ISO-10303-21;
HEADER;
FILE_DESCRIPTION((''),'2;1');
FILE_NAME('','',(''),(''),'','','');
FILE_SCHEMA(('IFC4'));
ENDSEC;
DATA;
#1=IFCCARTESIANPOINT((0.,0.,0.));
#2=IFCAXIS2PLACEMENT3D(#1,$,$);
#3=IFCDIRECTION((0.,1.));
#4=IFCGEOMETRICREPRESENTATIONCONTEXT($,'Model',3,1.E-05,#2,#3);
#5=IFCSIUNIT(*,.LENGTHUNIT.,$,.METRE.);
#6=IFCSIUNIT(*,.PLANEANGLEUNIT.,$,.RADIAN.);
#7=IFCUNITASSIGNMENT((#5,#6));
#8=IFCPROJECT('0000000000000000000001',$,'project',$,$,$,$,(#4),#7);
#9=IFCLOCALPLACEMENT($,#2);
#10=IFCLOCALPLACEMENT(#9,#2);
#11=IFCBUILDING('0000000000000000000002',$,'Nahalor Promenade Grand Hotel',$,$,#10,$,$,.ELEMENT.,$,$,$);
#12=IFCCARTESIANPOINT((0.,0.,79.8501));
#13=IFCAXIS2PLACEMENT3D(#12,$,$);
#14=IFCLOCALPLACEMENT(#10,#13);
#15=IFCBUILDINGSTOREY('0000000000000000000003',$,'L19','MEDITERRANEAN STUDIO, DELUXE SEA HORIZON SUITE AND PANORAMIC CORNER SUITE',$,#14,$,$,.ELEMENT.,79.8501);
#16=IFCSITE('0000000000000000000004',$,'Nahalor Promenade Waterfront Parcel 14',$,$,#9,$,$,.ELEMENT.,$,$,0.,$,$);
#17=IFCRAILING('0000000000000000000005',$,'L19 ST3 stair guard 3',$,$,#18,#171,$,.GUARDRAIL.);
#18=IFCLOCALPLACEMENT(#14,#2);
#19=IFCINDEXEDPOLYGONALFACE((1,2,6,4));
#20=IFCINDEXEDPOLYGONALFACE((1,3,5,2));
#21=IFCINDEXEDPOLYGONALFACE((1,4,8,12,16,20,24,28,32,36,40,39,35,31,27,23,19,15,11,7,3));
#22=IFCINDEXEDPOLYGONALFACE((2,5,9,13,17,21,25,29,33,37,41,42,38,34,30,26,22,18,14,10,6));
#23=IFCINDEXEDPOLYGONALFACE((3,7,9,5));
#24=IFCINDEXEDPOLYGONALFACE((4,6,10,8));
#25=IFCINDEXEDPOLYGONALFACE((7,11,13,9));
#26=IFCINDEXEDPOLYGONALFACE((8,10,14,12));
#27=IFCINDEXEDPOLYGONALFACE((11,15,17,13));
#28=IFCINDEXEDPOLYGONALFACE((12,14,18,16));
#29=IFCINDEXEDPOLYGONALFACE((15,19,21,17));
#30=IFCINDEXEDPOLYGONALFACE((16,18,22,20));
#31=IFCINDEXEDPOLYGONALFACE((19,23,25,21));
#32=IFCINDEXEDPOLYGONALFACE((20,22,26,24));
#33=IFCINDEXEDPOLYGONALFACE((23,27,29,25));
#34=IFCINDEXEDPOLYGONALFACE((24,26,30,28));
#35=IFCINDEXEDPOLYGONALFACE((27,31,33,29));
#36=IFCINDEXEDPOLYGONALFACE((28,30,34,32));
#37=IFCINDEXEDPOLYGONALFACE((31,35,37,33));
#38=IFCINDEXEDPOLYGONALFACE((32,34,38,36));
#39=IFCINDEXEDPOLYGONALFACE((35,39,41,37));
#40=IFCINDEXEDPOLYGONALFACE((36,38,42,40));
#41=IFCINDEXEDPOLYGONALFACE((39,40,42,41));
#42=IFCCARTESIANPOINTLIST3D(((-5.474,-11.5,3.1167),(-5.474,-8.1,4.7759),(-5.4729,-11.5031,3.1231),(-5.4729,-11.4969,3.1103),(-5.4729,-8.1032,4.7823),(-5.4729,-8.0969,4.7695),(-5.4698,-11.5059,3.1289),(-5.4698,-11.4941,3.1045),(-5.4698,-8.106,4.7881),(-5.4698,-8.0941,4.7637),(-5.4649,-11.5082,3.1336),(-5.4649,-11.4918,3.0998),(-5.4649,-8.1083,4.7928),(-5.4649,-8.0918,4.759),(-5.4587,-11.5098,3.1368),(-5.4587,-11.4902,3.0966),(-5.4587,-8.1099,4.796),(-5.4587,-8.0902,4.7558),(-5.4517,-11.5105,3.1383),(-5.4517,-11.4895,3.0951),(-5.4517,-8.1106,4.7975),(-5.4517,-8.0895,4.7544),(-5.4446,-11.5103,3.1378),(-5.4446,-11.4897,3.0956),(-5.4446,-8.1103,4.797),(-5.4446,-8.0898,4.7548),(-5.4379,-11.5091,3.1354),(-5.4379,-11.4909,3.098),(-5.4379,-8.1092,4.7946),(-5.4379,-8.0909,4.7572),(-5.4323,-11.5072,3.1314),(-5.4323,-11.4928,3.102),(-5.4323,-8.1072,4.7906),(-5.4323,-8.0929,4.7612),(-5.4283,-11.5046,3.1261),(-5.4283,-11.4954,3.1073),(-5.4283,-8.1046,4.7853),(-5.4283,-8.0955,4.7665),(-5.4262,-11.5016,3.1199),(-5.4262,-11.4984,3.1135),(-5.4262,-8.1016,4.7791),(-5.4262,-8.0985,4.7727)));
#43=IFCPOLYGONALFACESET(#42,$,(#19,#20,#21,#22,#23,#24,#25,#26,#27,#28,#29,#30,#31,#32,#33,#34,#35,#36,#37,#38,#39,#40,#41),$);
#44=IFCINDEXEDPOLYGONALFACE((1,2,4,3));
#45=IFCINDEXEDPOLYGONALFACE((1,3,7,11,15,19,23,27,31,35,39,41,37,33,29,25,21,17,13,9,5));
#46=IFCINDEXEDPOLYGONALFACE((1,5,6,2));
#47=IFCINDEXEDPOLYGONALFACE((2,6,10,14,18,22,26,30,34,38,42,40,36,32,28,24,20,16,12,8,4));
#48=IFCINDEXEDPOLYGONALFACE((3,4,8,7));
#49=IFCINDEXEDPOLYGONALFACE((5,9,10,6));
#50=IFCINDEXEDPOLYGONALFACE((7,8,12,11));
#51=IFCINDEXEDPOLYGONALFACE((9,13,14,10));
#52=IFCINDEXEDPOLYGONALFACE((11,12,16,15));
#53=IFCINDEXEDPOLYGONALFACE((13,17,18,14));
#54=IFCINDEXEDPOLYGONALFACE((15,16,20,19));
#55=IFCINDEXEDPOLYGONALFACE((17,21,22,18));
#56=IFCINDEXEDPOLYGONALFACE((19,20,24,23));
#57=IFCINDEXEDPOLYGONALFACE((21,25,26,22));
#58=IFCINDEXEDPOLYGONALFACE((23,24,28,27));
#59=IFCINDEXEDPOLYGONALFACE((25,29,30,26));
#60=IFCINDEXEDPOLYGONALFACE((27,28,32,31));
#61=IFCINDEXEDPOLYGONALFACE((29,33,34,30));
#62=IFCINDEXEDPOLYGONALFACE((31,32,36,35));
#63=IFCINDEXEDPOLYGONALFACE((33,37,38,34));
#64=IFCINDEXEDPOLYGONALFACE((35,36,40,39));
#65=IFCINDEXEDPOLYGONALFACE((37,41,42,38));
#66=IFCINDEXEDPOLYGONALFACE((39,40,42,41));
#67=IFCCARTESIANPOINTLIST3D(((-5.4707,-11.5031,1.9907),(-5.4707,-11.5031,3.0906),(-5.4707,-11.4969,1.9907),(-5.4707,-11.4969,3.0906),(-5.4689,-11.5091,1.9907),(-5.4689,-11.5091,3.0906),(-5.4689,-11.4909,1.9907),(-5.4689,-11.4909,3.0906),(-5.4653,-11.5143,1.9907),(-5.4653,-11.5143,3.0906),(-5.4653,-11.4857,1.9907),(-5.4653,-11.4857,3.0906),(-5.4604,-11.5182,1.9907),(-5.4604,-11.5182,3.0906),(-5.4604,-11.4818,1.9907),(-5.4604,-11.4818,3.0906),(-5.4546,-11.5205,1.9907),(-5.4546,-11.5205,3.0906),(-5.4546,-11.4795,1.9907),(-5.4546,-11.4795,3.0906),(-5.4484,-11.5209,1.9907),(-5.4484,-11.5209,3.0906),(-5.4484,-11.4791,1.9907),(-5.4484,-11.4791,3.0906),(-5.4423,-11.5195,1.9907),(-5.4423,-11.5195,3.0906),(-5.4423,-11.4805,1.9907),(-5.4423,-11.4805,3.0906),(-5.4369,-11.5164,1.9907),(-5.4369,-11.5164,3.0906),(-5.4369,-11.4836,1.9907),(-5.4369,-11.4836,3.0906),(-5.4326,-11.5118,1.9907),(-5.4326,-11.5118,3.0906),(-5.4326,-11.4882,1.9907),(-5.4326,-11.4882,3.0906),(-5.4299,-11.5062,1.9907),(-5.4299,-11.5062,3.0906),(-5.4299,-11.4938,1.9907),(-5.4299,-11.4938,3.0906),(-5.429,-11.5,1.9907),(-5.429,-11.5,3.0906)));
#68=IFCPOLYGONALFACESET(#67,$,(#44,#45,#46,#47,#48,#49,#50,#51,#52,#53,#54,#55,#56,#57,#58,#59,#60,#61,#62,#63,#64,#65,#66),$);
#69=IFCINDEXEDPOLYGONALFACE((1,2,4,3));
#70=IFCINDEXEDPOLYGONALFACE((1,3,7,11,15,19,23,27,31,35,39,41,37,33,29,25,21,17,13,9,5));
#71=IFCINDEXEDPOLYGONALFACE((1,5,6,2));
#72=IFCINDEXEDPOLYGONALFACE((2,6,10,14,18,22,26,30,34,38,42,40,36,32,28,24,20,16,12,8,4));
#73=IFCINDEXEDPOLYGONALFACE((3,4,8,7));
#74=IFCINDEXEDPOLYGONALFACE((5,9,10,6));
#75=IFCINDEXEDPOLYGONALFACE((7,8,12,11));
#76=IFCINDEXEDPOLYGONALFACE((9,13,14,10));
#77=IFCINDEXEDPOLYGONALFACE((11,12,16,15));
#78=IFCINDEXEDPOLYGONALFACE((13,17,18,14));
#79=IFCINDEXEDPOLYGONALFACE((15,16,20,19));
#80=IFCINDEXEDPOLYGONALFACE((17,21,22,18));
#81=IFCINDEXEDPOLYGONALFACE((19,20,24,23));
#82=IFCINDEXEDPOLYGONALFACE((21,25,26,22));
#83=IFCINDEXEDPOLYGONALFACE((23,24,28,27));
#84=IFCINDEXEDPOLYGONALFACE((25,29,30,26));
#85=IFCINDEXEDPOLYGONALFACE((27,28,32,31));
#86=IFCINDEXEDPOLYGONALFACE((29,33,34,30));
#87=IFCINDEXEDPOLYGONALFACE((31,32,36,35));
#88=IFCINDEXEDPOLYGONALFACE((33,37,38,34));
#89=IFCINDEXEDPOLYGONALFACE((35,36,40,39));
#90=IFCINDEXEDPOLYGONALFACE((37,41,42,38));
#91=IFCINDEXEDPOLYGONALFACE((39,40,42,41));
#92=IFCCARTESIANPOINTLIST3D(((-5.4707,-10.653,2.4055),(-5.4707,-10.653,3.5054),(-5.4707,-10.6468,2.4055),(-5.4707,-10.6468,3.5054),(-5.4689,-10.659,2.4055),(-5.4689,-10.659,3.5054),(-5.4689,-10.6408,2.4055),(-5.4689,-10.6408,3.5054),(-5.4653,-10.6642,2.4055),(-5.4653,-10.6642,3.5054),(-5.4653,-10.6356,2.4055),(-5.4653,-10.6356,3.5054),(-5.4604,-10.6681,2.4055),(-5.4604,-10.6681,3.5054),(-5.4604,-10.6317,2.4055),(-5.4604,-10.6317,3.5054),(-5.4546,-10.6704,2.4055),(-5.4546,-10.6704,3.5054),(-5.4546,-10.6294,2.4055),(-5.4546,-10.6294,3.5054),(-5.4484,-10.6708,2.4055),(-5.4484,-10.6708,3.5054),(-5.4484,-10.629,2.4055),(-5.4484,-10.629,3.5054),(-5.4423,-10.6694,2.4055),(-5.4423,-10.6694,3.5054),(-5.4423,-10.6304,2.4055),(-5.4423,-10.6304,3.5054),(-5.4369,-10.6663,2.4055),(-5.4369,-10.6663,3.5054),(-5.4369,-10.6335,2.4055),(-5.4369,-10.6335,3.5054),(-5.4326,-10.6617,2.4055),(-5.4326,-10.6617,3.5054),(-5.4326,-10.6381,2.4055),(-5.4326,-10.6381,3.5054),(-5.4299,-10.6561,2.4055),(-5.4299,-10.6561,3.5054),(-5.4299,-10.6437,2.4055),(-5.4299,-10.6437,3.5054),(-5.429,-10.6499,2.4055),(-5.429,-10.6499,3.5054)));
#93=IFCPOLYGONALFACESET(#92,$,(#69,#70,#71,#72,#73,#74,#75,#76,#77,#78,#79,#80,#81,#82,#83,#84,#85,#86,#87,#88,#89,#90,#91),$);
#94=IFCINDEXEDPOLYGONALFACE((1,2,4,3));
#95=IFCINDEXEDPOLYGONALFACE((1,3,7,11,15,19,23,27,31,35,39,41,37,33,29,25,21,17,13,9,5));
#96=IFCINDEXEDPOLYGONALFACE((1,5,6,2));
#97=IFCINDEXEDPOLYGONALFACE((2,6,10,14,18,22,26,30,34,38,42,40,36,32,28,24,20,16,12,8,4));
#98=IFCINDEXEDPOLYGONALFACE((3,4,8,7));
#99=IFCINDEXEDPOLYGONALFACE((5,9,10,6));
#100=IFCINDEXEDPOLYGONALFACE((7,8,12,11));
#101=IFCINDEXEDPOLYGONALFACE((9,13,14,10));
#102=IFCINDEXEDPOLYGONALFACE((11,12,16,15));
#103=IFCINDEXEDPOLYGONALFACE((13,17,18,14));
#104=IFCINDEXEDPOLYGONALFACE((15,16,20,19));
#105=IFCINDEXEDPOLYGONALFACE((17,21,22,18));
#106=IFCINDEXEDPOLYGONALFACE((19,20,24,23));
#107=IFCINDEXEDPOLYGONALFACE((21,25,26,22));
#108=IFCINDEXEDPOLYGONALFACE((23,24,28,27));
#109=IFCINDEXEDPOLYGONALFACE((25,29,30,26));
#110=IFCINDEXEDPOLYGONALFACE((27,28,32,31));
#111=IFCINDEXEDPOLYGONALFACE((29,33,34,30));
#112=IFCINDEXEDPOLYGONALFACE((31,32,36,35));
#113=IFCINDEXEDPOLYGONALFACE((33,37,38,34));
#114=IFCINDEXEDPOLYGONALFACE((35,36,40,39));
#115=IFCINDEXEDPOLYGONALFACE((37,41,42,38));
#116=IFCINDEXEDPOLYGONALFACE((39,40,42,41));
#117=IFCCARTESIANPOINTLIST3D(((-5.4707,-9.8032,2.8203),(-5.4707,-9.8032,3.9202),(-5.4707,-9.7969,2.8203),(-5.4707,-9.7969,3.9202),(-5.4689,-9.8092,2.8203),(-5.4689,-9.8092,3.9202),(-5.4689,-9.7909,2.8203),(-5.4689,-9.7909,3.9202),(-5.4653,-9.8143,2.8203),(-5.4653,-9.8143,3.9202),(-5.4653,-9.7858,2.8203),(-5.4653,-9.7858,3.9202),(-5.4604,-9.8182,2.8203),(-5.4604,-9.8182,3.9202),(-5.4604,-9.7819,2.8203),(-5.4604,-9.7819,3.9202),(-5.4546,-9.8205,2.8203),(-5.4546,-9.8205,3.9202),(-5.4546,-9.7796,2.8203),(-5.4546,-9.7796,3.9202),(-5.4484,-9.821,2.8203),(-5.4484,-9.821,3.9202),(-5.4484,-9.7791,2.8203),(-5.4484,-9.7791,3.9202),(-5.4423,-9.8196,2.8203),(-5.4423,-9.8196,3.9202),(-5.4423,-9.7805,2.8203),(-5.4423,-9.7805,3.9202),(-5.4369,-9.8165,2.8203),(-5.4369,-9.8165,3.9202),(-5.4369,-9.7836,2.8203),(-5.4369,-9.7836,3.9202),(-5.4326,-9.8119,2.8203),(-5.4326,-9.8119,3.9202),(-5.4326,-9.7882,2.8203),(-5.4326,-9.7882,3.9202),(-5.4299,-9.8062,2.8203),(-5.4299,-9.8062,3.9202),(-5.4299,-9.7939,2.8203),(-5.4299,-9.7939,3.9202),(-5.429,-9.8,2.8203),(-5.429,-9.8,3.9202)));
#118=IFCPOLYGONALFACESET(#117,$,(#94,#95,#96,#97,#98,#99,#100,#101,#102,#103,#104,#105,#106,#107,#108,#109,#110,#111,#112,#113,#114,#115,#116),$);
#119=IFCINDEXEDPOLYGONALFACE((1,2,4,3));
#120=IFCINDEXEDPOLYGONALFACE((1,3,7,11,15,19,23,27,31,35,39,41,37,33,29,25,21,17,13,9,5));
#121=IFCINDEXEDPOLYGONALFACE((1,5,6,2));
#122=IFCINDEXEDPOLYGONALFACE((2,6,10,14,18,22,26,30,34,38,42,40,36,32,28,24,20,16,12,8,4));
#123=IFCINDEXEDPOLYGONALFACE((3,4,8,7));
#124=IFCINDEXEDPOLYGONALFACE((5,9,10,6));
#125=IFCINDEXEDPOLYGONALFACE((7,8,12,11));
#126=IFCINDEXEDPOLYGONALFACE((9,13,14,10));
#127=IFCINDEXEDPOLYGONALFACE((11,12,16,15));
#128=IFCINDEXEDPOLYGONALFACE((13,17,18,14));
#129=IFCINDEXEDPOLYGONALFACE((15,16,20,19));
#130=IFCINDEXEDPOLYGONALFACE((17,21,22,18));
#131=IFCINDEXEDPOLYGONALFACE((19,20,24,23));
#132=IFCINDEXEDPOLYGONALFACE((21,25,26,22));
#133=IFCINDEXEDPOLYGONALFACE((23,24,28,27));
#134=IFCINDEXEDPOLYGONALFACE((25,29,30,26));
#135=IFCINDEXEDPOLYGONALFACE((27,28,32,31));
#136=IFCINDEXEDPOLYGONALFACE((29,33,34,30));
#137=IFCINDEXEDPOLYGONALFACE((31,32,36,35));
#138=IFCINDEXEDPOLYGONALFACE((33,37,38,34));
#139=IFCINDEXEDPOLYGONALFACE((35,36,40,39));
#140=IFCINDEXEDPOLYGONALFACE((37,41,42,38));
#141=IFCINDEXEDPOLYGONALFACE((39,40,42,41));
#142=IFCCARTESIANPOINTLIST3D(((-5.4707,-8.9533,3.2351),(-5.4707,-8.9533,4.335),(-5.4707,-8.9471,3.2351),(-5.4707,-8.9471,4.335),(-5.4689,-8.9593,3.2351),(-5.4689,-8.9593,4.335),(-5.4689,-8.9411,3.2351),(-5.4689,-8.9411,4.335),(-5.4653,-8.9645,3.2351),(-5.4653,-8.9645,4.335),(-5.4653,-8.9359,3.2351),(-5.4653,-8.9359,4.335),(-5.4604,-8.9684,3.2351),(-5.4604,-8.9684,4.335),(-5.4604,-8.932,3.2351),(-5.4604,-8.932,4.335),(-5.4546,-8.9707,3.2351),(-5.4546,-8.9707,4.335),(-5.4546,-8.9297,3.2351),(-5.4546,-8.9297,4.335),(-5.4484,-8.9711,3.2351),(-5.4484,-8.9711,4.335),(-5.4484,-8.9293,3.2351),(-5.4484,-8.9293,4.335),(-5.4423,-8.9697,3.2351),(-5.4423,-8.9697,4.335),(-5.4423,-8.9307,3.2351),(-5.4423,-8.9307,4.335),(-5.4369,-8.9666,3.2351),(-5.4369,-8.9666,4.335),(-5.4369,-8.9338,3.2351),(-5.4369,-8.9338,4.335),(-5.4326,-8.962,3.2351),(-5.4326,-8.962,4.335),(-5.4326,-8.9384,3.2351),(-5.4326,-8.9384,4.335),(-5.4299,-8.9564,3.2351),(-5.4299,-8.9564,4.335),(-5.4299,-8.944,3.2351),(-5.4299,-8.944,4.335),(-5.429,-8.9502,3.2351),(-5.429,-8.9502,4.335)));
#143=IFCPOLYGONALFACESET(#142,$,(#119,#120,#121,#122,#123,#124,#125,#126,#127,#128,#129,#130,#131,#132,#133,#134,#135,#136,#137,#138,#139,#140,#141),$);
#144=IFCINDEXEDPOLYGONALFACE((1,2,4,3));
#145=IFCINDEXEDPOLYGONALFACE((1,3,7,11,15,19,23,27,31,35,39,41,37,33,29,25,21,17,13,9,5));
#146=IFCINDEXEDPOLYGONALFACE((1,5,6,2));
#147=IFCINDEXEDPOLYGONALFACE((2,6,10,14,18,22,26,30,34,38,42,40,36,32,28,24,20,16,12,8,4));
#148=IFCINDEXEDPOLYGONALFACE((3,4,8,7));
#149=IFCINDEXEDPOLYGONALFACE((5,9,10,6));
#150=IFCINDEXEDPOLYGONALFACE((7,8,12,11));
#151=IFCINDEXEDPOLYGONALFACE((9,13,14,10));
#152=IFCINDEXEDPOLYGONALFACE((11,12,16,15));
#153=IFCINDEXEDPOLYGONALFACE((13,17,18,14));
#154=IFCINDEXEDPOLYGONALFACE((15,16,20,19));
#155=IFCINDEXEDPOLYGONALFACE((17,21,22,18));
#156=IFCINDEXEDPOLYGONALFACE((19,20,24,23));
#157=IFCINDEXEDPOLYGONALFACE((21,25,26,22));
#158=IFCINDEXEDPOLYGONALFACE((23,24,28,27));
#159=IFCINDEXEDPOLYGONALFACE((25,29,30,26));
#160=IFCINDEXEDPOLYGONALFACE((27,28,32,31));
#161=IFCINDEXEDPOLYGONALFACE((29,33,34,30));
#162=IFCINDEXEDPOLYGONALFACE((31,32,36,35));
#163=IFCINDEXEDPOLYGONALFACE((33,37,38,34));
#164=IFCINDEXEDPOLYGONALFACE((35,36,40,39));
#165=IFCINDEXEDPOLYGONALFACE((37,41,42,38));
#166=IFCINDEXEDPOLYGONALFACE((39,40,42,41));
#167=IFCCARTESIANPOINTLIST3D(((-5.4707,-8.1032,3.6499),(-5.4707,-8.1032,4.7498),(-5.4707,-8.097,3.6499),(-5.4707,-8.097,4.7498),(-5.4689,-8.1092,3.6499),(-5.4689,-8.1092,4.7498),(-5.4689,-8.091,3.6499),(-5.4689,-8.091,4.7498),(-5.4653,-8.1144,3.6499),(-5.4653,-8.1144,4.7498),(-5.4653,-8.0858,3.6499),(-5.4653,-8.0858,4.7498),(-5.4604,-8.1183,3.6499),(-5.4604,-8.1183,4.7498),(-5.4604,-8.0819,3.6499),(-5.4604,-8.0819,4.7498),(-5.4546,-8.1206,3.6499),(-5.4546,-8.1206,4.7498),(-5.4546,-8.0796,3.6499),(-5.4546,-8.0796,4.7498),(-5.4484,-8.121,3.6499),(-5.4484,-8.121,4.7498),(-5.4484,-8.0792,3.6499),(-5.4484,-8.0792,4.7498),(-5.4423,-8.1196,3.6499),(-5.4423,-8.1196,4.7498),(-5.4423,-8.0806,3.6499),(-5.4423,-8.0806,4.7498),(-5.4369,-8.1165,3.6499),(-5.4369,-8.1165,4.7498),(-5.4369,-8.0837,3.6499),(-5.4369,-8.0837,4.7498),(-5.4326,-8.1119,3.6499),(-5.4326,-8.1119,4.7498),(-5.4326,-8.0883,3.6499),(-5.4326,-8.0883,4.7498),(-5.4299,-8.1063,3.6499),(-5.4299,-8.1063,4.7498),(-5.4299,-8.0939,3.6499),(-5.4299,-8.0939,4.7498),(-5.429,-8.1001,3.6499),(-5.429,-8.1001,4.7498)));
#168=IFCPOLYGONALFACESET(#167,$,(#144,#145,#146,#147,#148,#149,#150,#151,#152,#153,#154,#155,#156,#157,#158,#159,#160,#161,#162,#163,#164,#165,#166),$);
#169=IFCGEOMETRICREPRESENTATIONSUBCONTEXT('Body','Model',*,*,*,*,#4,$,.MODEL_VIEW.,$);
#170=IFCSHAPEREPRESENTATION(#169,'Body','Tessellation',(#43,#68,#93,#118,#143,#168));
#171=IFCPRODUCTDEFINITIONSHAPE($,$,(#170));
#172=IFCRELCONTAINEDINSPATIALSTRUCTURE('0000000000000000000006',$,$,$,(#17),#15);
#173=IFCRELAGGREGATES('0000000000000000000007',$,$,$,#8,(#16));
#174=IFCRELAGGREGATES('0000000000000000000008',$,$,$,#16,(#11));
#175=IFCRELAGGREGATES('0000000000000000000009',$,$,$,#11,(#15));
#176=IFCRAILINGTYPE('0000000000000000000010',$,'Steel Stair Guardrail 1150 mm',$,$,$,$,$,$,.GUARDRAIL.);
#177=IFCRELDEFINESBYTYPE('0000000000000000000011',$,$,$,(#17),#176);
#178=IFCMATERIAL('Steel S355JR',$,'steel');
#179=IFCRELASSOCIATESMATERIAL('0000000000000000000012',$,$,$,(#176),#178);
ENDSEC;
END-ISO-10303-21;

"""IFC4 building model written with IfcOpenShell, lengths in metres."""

from ifc_helpers import new_model, si_unit, direction, frame, origin, origin_2d, place, context, subcontext, project, spatial, circle, extrude, material, type_object, element, save


model = new_model("IFC4")

# Units and contexts
model_context = context("Model", 3, precision=1e-05, world=origin(), true_north=direction((0.0, 1.0)))
body_context = subcontext(model_context, "Body", "Model", "MODEL_VIEW")
ifc_project = project(units=[si_unit("LENGTHUNIT", "METRE"), si_unit("PLANEANGLEUNIT", "RADIAN")], contexts=[model_context])

# Site, building, storey
site_placement = place(None, origin())
site = spatial("IfcSite", under=ifc_project, at=site_placement, Name="Nahalor Promenade Waterfront Parcel 14", CompositionType="ELEMENT", RefElevation=0.0)
building_placement = place(site_placement, origin())
building = spatial("IfcBuilding", under=site, at=building_placement, Name="Nahalor Promenade Grand Hotel", CompositionType="ELEMENT")
storey_placement = place(building_placement, frame((0.0, 0.0, 79.8501)))
storey = spatial("IfcBuildingStorey", under=building, at=storey_placement, Name="L19", Description="MEDITERRANEAN STUDIO, DELUXE SEA HORIZON SUITE AND PANORAMIC CORNER SUITE", CompositionType="ELEMENT", Elevation=79.8501)

# Shared definitions
ifc_material_1 = material(Name="Steel S355JR", Category="steel")

# Railing
railing_type_1 = type_object("IfcRailingType", Name="Steel Stair Guardrail 1150 mm", PredefinedType="GUARDRAIL", material=ifc_material_1)
railing_1_placement = place(storey_placement, frame((-5.45, -11.5, 1.9907)))
element("IfcRailing", 1, at=railing_1_placement, inside=storey, type_object=railing_type_1, Name="L19 ST3 stair guard 3", PredefinedType="GUARDRAIL", context=body_context, shape_type="SweptSolid", body=[
    extrude(circle(Radius=0.024, at=origin_2d()), frame((0.0, 0.0, 1.126), z_axis=(0.0, 0.898696, 0.438571), x_axis=(-1.0, 0.0, 0.0)), (0.0, 0.0, 1.0), 3.7832),
    extrude(circle(Radius=0.021, at=origin_2d()), origin(), (0.0, 0.0, 1.0), 1.0999),
    extrude(circle(Radius=0.021, at=origin_2d()), frame((0.0, 0.8501, 0.4148)), (0.0, 0.0, 1.0), 1.0999),
    extrude(circle(Radius=0.021, at=origin_2d()), frame((0.0, 1.7, 0.8296)), (0.0, 0.0, 1.0), 1.0999),
    extrude(circle(Radius=0.021, at=origin_2d()), frame((0.0, 2.5498, 1.2444)), (0.0, 0.0, 1.0), 1.0999),
    extrude(circle(Radius=0.021, at=origin_2d()), frame((0.0, 3.3999, 1.6592)), (0.0, 0.0, 1.0), 1.0999),
])

save(model, "model.ifc")
